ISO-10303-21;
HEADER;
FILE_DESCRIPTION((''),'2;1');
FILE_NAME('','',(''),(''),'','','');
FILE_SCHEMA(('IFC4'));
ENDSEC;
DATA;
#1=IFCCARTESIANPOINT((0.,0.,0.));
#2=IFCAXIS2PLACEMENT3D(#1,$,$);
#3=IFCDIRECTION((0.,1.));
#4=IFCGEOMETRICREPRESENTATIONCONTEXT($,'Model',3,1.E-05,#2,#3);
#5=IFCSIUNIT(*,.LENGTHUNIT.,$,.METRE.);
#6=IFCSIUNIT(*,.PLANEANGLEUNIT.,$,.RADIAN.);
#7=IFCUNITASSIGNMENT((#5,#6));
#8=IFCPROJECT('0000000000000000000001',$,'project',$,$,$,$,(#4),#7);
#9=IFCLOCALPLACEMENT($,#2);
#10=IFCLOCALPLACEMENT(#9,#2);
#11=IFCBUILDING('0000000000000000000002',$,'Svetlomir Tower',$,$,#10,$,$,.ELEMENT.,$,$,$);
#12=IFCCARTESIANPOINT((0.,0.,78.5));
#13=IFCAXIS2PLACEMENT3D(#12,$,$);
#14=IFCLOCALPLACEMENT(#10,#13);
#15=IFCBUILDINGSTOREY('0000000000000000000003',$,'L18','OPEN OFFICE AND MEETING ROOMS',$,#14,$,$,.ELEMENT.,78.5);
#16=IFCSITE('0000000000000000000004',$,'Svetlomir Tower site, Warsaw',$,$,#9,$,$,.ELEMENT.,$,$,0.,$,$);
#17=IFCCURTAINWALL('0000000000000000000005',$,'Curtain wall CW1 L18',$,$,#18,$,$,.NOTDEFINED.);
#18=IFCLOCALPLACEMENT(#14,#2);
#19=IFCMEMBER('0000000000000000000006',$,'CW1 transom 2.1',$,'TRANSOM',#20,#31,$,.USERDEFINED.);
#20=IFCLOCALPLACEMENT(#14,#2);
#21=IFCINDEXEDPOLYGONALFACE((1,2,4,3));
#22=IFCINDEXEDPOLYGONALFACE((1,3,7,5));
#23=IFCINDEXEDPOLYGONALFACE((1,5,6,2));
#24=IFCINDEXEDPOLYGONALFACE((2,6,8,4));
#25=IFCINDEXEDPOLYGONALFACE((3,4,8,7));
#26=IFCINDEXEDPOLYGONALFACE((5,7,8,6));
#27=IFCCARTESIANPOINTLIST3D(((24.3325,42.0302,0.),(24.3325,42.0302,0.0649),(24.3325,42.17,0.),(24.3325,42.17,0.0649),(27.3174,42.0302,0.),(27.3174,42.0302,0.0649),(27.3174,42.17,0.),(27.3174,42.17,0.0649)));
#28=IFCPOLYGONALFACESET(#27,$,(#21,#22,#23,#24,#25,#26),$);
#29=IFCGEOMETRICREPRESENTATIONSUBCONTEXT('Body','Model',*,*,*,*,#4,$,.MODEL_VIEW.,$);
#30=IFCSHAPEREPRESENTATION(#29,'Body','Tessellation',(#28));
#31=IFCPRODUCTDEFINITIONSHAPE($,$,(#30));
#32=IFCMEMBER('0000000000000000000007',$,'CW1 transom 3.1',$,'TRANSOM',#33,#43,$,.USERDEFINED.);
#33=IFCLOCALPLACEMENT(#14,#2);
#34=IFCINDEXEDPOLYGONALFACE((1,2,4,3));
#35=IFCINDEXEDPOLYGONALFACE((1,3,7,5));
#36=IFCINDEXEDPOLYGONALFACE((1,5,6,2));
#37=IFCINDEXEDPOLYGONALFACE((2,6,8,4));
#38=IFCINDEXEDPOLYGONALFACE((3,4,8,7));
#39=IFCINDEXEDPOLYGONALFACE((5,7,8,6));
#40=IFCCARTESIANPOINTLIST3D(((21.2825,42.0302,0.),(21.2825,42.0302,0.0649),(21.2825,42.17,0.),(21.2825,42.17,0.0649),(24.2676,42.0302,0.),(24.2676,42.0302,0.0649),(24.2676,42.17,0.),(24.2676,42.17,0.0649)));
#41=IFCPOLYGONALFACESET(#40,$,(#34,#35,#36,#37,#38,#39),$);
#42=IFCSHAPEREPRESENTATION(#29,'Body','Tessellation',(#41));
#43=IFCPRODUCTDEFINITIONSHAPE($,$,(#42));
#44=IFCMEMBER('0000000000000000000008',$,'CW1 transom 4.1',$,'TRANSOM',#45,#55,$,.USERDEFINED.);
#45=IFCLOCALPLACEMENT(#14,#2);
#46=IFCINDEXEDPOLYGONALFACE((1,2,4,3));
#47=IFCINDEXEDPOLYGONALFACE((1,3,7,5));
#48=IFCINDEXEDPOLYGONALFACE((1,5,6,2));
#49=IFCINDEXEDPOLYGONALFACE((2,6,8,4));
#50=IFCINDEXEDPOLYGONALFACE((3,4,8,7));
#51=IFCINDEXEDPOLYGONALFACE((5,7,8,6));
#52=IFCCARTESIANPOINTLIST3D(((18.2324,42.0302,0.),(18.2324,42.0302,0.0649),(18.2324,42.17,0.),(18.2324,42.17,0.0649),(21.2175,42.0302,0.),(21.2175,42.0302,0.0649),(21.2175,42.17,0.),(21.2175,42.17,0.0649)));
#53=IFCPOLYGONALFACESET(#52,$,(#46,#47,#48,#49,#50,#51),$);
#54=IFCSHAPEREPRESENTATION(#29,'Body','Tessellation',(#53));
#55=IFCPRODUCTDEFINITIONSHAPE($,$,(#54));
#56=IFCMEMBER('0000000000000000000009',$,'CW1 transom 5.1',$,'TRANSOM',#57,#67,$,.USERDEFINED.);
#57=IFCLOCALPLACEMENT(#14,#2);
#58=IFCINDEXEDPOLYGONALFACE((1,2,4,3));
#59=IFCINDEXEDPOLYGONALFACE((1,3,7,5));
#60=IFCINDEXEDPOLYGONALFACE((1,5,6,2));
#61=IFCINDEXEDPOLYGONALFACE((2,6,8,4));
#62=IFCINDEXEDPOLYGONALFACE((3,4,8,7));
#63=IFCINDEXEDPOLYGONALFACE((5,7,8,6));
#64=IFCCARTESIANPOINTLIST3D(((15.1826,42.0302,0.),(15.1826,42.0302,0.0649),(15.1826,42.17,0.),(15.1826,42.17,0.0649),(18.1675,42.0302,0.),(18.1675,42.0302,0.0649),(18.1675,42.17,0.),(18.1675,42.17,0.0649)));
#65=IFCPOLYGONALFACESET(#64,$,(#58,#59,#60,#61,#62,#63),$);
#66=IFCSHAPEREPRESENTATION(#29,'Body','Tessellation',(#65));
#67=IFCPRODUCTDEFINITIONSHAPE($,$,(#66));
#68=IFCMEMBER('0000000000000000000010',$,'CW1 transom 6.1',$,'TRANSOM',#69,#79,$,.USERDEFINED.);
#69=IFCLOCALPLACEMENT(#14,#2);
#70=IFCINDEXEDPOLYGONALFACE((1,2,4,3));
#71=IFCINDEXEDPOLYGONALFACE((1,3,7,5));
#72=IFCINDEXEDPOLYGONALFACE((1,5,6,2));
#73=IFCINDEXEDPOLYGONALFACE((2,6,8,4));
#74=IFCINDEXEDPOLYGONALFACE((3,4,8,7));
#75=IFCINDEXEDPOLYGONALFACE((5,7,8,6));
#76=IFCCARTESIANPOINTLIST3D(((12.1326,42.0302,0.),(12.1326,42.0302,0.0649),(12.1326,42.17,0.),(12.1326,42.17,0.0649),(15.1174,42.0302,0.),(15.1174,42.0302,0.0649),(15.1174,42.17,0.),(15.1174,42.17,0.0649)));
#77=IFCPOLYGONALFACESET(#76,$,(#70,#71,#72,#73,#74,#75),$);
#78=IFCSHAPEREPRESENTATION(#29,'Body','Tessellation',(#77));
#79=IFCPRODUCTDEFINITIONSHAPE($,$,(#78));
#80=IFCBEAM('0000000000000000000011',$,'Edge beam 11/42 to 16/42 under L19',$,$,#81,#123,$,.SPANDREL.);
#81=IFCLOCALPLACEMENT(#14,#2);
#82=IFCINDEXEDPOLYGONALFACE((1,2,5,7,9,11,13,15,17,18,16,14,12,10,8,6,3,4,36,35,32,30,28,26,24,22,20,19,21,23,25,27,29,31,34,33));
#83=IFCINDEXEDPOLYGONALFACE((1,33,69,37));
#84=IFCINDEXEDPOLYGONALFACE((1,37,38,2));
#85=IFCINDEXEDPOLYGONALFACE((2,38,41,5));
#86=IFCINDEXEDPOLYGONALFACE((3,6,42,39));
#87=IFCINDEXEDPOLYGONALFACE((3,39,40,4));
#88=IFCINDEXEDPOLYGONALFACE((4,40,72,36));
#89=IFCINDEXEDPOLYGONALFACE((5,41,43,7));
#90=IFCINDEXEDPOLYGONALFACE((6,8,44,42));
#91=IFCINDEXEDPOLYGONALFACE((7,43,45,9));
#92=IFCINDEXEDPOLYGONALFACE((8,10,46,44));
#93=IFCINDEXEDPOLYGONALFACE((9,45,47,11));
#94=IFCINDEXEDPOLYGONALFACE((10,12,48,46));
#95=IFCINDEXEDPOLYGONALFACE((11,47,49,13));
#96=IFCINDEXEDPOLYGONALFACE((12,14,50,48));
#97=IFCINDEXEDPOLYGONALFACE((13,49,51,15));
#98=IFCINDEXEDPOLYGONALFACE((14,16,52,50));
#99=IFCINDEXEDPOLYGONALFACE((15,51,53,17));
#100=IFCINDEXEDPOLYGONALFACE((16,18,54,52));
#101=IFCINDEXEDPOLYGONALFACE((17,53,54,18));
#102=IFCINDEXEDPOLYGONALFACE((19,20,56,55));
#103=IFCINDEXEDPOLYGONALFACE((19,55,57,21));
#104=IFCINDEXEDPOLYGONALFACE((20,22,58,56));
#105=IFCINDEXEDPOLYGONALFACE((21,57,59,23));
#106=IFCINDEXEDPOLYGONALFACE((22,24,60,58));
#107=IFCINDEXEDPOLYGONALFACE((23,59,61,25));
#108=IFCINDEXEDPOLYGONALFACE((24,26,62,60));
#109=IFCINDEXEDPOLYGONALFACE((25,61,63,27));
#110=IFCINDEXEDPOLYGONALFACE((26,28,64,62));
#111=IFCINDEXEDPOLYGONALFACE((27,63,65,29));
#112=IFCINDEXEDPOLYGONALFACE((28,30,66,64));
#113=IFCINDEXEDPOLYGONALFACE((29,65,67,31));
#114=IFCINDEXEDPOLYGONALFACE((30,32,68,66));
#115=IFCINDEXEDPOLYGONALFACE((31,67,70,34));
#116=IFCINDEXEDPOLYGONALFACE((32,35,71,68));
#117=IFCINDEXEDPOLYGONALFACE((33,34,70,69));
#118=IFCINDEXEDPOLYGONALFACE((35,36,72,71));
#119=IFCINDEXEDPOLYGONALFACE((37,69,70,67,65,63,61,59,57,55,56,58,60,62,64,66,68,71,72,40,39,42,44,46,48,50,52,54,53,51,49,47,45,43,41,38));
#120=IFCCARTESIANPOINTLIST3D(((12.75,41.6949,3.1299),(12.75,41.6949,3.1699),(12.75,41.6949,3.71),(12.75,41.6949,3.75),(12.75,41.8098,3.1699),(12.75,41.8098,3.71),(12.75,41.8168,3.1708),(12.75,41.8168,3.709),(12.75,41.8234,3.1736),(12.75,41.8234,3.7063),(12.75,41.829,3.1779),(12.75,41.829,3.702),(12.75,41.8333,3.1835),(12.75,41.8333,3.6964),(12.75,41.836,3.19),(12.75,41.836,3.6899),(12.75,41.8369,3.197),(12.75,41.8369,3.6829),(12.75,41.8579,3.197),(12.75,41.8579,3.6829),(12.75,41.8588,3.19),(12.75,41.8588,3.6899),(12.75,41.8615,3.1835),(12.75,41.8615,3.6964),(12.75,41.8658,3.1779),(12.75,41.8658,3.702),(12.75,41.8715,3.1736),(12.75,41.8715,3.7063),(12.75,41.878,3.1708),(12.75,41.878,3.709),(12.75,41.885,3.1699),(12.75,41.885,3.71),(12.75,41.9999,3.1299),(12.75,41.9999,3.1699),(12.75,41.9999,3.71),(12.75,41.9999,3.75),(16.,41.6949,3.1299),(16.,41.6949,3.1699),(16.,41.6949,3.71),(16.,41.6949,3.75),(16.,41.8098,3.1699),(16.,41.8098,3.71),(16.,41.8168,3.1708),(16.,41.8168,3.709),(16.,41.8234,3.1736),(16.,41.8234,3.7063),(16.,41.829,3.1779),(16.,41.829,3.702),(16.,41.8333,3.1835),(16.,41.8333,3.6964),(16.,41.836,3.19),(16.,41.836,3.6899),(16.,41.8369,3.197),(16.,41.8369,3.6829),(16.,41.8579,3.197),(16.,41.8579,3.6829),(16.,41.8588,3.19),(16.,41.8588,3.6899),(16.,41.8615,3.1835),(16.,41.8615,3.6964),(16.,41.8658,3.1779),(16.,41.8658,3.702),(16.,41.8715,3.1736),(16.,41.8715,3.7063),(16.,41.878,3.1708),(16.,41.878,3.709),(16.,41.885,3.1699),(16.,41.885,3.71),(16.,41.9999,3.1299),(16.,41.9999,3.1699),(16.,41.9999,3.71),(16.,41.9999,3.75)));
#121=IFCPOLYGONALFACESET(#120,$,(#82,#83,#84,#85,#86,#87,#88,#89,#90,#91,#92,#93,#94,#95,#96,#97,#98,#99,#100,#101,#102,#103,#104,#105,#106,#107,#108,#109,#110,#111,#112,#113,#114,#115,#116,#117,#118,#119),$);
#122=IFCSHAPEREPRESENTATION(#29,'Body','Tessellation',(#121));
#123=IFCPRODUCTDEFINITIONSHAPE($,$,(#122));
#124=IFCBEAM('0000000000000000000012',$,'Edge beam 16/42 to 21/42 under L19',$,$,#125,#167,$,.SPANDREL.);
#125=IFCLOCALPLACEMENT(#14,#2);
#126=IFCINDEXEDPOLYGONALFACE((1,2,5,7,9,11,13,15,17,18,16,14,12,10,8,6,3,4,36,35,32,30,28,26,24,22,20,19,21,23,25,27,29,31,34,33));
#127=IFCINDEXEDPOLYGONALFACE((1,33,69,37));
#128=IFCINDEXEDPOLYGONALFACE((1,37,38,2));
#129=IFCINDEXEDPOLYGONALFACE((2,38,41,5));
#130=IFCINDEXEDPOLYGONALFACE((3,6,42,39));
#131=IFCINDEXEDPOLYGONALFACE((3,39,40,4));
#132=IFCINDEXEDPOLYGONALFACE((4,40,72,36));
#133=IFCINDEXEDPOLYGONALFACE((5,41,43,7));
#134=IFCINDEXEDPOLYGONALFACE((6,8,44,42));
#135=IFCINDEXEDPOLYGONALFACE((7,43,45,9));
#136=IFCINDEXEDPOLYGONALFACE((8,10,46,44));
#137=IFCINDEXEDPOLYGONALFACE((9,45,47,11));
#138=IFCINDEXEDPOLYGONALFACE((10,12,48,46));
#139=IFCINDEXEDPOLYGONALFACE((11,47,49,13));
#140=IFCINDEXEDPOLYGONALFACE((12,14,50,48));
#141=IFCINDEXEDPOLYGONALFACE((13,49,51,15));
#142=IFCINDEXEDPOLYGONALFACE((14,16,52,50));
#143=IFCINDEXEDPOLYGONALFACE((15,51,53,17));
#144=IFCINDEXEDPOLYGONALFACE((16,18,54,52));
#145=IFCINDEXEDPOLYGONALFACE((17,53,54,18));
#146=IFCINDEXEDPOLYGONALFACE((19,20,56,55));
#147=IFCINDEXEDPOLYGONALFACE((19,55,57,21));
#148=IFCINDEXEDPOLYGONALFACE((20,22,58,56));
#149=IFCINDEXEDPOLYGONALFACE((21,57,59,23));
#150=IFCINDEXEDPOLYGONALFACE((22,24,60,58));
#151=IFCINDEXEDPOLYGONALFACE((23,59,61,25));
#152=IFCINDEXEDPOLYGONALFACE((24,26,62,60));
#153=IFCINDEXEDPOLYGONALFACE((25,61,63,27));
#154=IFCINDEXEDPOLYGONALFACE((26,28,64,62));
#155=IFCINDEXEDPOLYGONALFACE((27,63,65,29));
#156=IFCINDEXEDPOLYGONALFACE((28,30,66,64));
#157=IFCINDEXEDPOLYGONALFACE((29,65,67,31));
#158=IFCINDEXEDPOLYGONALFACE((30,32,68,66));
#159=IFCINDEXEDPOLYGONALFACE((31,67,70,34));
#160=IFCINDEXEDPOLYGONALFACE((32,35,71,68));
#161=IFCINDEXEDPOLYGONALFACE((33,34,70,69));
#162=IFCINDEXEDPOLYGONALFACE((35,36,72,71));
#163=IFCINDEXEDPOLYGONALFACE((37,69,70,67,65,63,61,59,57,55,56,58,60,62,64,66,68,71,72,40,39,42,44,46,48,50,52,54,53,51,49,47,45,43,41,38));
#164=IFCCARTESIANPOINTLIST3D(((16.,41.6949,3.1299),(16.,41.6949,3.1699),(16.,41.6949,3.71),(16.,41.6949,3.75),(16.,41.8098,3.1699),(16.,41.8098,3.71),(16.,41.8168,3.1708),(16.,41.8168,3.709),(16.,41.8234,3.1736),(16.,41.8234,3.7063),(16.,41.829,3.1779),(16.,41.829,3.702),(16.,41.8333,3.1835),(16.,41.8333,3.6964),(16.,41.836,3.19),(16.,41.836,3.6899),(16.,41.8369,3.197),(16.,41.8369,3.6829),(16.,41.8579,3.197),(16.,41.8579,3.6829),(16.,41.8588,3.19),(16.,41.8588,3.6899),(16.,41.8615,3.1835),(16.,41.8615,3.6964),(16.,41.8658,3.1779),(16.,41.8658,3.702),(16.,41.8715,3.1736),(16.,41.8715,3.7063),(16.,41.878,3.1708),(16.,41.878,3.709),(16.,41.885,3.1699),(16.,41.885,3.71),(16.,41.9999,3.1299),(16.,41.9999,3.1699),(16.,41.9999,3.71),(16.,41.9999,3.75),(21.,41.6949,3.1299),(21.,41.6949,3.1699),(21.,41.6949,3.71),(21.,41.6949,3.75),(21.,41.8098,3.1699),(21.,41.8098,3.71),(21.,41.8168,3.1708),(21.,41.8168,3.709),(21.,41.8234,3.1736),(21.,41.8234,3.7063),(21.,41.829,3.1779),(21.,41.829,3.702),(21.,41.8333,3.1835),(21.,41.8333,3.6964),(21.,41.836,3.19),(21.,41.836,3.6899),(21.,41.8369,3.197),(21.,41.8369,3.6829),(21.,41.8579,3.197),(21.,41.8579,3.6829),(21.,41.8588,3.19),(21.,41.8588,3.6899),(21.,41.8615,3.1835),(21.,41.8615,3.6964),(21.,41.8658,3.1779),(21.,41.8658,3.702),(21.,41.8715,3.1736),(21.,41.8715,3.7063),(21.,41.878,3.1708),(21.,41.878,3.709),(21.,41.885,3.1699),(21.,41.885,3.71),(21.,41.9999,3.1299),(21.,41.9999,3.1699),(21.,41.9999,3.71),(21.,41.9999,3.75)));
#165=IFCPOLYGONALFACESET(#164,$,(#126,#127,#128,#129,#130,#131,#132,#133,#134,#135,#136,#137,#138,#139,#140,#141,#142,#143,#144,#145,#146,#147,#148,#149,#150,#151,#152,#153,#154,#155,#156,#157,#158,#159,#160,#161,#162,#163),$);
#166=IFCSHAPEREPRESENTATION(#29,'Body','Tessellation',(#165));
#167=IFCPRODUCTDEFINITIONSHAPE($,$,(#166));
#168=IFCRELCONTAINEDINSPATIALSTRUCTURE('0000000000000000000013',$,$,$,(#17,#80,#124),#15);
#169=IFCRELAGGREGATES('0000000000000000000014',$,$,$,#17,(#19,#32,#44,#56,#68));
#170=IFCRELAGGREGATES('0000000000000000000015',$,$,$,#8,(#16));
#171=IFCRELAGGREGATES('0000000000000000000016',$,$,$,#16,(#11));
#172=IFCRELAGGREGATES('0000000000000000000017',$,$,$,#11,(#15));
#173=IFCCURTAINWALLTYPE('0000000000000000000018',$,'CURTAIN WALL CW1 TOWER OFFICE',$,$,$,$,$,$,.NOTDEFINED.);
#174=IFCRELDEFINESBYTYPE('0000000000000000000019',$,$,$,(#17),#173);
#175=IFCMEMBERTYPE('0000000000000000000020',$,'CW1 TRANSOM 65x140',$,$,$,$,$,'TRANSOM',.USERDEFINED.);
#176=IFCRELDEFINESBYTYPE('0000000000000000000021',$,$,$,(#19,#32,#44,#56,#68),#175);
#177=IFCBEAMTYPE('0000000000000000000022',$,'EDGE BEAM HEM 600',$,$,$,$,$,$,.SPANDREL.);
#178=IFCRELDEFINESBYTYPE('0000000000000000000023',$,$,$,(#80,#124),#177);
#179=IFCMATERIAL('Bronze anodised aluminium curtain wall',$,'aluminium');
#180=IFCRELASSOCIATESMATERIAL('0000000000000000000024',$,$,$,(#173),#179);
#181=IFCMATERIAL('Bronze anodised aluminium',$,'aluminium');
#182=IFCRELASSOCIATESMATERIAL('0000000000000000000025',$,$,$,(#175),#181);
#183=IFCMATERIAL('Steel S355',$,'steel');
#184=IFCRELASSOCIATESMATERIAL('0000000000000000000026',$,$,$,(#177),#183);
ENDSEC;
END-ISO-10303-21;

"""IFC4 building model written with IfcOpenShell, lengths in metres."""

from ifc_helpers import new_model, si_unit, direction, frame, origin, origin_2d, place, context, subcontext, project, spatial, rectangle, i_section, extrude, material, material_profile, profile_set, type_object, element, aggregate, save


model = new_model("IFC4")

# Units and contexts
model_context = context("Model", 3, precision=1e-05, world=origin(), true_north=direction((0.0, 1.0)))
body_context = subcontext(model_context, "Body", "Model", "MODEL_VIEW")
ifc_project = project(units=[si_unit("LENGTHUNIT", "METRE"), si_unit("PLANEANGLEUNIT", "RADIAN")], contexts=[model_context])

# Site, building, storey
site_placement = place(None, origin())
site = spatial("IfcSite", under=ifc_project, at=site_placement, Name="Svetlomir Tower site, Warsaw", CompositionType="ELEMENT", RefElevation=0.0)
building_placement = place(site_placement, origin())
building = spatial("IfcBuilding", under=site, at=building_placement, Name="Svetlomir Tower", CompositionType="ELEMENT")
storey_placement = place(building_placement, frame((0.0, 0.0, 78.5)))
storey = spatial("IfcBuildingStorey", under=building, at=storey_placement, Name="L18", Description="OPEN OFFICE AND MEETING ROOMS", CompositionType="ELEMENT", Elevation=78.5)

# Curtain wall, members
ifc_material_1 = material(Name="Bronze anodised aluminium curtain wall", Category="aluminium")
curtain_wall_type = type_object("IfcCurtainWallType", Name="CURTAIN WALL CW1 TOWER OFFICE", PredefinedType="NOTDEFINED", material=ifc_material_1)
curtain_wall_placement = place(storey_placement, origin())
curtain_wall = element("IfcCurtainWall", 1, at=curtain_wall_placement, inside=storey, type_object=curtain_wall_type, Name="Curtain wall CW1 L18", PredefinedType="NOTDEFINED")
ifc_material_2 = material(Name="Bronze anodised aluminium", Category="aluminium")
ifc_material_profile_1 = material_profile(ifc_material_2, rectangle(XDim=0.1399, YDim=0.0649, at=origin_2d()), Name="AL 140x65")
ifc_profile_set_1 = profile_set([ifc_material_profile_1], Name="Bronze anodised aluminium 6063-T6")
member_type_1 = type_object("IfcMemberType", Name="CW1 TRANSOM 65x140", ElementType="TRANSOM", PredefinedType="USERDEFINED", material=ifc_profile_set_1)
member_1_placement = place(storey_placement, frame((27.3174, 42.1001, 0.0325), z_axis=(-1.0, 0.0, 0.0), x_axis=(0.0, -1.0, 0.0)))
member_1 = element("IfcMember", 2, at=member_1_placement, type_object=member_type_1, Name="CW1 transom 2.1", ObjectType="TRANSOM", PredefinedType="USERDEFINED", context=body_context, shape_type="SweptSolid", body=[
    extrude(rectangle(XDim=0.1399, YDim=0.0649, at=origin_2d()), origin(), (0.0, 0.0, 1.0), 2.9849),
])
member_2_placement = place(storey_placement, frame((24.2676, 42.1001, 0.0325), z_axis=(-1.0, 0.0, 0.0), x_axis=(0.0, -1.0, 0.0)))
member_2 = element("IfcMember", 3, at=member_2_placement, type_object=member_type_1, Name="CW1 transom 3.1", ObjectType="TRANSOM", PredefinedType="USERDEFINED", context=body_context, shape_type="SweptSolid", body=[
    extrude(rectangle(XDim=0.1399, YDim=0.0649, at=origin_2d()), origin(), (0.0, 0.0, 1.0), 2.9851),
])
member_3_placement = place(storey_placement, frame((21.2175, 42.1001, 0.0325), z_axis=(-1.0, 0.0, 0.0), x_axis=(0.0, -1.0, 0.0)))
member_3 = element("IfcMember", 4, at=member_3_placement, type_object=member_type_1, Name="CW1 transom 4.1", ObjectType="TRANSOM", PredefinedType="USERDEFINED", context=body_context, shape_type="SweptSolid", body=[
    extrude(rectangle(XDim=0.1399, YDim=0.0649, at=origin_2d()), origin(), (0.0, 0.0, 1.0), 2.9851),
])
member_4_placement = place(storey_placement, frame((18.1675, 42.1001, 0.0325), z_axis=(-1.0, 0.0, 0.0), x_axis=(0.0, -1.0, 0.0)))
member_4 = element("IfcMember", 5, at=member_4_placement, type_object=member_type_1, Name="CW1 transom 5.1", ObjectType="TRANSOM", PredefinedType="USERDEFINED", context=body_context, shape_type="SweptSolid", body=[
    extrude(rectangle(XDim=0.1399, YDim=0.0649, at=origin_2d()), origin(), (0.0, 0.0, 1.0), 2.9849),
])
member_5_placement = place(storey_placement, frame((15.1174, 42.1001, 0.0325), z_axis=(-1.0, 0.0, 0.0), x_axis=(0.0, -1.0, 0.0)))
member_5 = element("IfcMember", 6, at=member_5_placement, type_object=member_type_1, Name="CW1 transom 6.1", ObjectType="TRANSOM", PredefinedType="USERDEFINED", context=body_context, shape_type="SweptSolid", body=[
    extrude(rectangle(XDim=0.1399, YDim=0.0649, at=origin_2d()), origin(), (0.0, 0.0, 1.0), 2.9849),
])

# Beams
ifc_material_3 = material(Name="Steel S355", Category="steel")
ifc_material_profile_2 = material_profile(ifc_material_3, i_section(OverallWidth=0.3049, OverallDepth=0.6201, WebThickness=0.021, FlangeThickness=0.04, FilletRadius=0.0271, at=origin_2d()), Name="HEM 600")
ifc_profile_set_2 = profile_set([ifc_material_profile_2], Name="Steel S355")
beam_type_1 = type_object("IfcBeamType", Name="EDGE BEAM HEM 600", PredefinedType="SPANDREL", material=ifc_profile_set_2)
beam_1_placement = place(storey_placement, frame((12.75, 41.8474, 3.4399), z_axis=(1.0, 0.0, 0.0), x_axis=(0.0, 1.0, 0.0)))
element("IfcBeam", 7, at=beam_1_placement, inside=storey, type_object=beam_type_1, Name="Edge beam 11/42 to 16/42 under L19", PredefinedType="SPANDREL", context=body_context, shape_type="SweptSolid", body=[
    extrude(i_section(OverallWidth=0.3049, OverallDepth=0.6201, WebThickness=0.021, FlangeThickness=0.04, FilletRadius=0.0271, at=origin_2d()), origin(), (0.0, 0.0, 1.0), 3.25),
])
for number, where, z_axis, x_axis, name in (
    (8, (16.0, 41.8474, 3.4399), (1.0, 0.0, 0.0), (0.0, 1.0, 0.0), "Edge beam 16/42 to 21/42 under L19"),
):
    element("IfcBeam", number, at=place(storey_placement, frame(where, z_axis=z_axis, x_axis=x_axis)), inside=storey, type_object=beam_type_1, Name=name, PredefinedType="SPANDREL", context=body_context, shape_type="SweptSolid", body=[
        extrude(i_section(OverallWidth=0.3049, OverallDepth=0.6201, WebThickness=0.021, FlangeThickness=0.04, FilletRadius=0.0271, at=origin_2d()), origin(), (0.0, 0.0, 1.0), 5.0),
    ])

aggregate(curtain_wall, [member_1, member_2, member_3, member_4, member_5])

save(model, "model.ifc")
